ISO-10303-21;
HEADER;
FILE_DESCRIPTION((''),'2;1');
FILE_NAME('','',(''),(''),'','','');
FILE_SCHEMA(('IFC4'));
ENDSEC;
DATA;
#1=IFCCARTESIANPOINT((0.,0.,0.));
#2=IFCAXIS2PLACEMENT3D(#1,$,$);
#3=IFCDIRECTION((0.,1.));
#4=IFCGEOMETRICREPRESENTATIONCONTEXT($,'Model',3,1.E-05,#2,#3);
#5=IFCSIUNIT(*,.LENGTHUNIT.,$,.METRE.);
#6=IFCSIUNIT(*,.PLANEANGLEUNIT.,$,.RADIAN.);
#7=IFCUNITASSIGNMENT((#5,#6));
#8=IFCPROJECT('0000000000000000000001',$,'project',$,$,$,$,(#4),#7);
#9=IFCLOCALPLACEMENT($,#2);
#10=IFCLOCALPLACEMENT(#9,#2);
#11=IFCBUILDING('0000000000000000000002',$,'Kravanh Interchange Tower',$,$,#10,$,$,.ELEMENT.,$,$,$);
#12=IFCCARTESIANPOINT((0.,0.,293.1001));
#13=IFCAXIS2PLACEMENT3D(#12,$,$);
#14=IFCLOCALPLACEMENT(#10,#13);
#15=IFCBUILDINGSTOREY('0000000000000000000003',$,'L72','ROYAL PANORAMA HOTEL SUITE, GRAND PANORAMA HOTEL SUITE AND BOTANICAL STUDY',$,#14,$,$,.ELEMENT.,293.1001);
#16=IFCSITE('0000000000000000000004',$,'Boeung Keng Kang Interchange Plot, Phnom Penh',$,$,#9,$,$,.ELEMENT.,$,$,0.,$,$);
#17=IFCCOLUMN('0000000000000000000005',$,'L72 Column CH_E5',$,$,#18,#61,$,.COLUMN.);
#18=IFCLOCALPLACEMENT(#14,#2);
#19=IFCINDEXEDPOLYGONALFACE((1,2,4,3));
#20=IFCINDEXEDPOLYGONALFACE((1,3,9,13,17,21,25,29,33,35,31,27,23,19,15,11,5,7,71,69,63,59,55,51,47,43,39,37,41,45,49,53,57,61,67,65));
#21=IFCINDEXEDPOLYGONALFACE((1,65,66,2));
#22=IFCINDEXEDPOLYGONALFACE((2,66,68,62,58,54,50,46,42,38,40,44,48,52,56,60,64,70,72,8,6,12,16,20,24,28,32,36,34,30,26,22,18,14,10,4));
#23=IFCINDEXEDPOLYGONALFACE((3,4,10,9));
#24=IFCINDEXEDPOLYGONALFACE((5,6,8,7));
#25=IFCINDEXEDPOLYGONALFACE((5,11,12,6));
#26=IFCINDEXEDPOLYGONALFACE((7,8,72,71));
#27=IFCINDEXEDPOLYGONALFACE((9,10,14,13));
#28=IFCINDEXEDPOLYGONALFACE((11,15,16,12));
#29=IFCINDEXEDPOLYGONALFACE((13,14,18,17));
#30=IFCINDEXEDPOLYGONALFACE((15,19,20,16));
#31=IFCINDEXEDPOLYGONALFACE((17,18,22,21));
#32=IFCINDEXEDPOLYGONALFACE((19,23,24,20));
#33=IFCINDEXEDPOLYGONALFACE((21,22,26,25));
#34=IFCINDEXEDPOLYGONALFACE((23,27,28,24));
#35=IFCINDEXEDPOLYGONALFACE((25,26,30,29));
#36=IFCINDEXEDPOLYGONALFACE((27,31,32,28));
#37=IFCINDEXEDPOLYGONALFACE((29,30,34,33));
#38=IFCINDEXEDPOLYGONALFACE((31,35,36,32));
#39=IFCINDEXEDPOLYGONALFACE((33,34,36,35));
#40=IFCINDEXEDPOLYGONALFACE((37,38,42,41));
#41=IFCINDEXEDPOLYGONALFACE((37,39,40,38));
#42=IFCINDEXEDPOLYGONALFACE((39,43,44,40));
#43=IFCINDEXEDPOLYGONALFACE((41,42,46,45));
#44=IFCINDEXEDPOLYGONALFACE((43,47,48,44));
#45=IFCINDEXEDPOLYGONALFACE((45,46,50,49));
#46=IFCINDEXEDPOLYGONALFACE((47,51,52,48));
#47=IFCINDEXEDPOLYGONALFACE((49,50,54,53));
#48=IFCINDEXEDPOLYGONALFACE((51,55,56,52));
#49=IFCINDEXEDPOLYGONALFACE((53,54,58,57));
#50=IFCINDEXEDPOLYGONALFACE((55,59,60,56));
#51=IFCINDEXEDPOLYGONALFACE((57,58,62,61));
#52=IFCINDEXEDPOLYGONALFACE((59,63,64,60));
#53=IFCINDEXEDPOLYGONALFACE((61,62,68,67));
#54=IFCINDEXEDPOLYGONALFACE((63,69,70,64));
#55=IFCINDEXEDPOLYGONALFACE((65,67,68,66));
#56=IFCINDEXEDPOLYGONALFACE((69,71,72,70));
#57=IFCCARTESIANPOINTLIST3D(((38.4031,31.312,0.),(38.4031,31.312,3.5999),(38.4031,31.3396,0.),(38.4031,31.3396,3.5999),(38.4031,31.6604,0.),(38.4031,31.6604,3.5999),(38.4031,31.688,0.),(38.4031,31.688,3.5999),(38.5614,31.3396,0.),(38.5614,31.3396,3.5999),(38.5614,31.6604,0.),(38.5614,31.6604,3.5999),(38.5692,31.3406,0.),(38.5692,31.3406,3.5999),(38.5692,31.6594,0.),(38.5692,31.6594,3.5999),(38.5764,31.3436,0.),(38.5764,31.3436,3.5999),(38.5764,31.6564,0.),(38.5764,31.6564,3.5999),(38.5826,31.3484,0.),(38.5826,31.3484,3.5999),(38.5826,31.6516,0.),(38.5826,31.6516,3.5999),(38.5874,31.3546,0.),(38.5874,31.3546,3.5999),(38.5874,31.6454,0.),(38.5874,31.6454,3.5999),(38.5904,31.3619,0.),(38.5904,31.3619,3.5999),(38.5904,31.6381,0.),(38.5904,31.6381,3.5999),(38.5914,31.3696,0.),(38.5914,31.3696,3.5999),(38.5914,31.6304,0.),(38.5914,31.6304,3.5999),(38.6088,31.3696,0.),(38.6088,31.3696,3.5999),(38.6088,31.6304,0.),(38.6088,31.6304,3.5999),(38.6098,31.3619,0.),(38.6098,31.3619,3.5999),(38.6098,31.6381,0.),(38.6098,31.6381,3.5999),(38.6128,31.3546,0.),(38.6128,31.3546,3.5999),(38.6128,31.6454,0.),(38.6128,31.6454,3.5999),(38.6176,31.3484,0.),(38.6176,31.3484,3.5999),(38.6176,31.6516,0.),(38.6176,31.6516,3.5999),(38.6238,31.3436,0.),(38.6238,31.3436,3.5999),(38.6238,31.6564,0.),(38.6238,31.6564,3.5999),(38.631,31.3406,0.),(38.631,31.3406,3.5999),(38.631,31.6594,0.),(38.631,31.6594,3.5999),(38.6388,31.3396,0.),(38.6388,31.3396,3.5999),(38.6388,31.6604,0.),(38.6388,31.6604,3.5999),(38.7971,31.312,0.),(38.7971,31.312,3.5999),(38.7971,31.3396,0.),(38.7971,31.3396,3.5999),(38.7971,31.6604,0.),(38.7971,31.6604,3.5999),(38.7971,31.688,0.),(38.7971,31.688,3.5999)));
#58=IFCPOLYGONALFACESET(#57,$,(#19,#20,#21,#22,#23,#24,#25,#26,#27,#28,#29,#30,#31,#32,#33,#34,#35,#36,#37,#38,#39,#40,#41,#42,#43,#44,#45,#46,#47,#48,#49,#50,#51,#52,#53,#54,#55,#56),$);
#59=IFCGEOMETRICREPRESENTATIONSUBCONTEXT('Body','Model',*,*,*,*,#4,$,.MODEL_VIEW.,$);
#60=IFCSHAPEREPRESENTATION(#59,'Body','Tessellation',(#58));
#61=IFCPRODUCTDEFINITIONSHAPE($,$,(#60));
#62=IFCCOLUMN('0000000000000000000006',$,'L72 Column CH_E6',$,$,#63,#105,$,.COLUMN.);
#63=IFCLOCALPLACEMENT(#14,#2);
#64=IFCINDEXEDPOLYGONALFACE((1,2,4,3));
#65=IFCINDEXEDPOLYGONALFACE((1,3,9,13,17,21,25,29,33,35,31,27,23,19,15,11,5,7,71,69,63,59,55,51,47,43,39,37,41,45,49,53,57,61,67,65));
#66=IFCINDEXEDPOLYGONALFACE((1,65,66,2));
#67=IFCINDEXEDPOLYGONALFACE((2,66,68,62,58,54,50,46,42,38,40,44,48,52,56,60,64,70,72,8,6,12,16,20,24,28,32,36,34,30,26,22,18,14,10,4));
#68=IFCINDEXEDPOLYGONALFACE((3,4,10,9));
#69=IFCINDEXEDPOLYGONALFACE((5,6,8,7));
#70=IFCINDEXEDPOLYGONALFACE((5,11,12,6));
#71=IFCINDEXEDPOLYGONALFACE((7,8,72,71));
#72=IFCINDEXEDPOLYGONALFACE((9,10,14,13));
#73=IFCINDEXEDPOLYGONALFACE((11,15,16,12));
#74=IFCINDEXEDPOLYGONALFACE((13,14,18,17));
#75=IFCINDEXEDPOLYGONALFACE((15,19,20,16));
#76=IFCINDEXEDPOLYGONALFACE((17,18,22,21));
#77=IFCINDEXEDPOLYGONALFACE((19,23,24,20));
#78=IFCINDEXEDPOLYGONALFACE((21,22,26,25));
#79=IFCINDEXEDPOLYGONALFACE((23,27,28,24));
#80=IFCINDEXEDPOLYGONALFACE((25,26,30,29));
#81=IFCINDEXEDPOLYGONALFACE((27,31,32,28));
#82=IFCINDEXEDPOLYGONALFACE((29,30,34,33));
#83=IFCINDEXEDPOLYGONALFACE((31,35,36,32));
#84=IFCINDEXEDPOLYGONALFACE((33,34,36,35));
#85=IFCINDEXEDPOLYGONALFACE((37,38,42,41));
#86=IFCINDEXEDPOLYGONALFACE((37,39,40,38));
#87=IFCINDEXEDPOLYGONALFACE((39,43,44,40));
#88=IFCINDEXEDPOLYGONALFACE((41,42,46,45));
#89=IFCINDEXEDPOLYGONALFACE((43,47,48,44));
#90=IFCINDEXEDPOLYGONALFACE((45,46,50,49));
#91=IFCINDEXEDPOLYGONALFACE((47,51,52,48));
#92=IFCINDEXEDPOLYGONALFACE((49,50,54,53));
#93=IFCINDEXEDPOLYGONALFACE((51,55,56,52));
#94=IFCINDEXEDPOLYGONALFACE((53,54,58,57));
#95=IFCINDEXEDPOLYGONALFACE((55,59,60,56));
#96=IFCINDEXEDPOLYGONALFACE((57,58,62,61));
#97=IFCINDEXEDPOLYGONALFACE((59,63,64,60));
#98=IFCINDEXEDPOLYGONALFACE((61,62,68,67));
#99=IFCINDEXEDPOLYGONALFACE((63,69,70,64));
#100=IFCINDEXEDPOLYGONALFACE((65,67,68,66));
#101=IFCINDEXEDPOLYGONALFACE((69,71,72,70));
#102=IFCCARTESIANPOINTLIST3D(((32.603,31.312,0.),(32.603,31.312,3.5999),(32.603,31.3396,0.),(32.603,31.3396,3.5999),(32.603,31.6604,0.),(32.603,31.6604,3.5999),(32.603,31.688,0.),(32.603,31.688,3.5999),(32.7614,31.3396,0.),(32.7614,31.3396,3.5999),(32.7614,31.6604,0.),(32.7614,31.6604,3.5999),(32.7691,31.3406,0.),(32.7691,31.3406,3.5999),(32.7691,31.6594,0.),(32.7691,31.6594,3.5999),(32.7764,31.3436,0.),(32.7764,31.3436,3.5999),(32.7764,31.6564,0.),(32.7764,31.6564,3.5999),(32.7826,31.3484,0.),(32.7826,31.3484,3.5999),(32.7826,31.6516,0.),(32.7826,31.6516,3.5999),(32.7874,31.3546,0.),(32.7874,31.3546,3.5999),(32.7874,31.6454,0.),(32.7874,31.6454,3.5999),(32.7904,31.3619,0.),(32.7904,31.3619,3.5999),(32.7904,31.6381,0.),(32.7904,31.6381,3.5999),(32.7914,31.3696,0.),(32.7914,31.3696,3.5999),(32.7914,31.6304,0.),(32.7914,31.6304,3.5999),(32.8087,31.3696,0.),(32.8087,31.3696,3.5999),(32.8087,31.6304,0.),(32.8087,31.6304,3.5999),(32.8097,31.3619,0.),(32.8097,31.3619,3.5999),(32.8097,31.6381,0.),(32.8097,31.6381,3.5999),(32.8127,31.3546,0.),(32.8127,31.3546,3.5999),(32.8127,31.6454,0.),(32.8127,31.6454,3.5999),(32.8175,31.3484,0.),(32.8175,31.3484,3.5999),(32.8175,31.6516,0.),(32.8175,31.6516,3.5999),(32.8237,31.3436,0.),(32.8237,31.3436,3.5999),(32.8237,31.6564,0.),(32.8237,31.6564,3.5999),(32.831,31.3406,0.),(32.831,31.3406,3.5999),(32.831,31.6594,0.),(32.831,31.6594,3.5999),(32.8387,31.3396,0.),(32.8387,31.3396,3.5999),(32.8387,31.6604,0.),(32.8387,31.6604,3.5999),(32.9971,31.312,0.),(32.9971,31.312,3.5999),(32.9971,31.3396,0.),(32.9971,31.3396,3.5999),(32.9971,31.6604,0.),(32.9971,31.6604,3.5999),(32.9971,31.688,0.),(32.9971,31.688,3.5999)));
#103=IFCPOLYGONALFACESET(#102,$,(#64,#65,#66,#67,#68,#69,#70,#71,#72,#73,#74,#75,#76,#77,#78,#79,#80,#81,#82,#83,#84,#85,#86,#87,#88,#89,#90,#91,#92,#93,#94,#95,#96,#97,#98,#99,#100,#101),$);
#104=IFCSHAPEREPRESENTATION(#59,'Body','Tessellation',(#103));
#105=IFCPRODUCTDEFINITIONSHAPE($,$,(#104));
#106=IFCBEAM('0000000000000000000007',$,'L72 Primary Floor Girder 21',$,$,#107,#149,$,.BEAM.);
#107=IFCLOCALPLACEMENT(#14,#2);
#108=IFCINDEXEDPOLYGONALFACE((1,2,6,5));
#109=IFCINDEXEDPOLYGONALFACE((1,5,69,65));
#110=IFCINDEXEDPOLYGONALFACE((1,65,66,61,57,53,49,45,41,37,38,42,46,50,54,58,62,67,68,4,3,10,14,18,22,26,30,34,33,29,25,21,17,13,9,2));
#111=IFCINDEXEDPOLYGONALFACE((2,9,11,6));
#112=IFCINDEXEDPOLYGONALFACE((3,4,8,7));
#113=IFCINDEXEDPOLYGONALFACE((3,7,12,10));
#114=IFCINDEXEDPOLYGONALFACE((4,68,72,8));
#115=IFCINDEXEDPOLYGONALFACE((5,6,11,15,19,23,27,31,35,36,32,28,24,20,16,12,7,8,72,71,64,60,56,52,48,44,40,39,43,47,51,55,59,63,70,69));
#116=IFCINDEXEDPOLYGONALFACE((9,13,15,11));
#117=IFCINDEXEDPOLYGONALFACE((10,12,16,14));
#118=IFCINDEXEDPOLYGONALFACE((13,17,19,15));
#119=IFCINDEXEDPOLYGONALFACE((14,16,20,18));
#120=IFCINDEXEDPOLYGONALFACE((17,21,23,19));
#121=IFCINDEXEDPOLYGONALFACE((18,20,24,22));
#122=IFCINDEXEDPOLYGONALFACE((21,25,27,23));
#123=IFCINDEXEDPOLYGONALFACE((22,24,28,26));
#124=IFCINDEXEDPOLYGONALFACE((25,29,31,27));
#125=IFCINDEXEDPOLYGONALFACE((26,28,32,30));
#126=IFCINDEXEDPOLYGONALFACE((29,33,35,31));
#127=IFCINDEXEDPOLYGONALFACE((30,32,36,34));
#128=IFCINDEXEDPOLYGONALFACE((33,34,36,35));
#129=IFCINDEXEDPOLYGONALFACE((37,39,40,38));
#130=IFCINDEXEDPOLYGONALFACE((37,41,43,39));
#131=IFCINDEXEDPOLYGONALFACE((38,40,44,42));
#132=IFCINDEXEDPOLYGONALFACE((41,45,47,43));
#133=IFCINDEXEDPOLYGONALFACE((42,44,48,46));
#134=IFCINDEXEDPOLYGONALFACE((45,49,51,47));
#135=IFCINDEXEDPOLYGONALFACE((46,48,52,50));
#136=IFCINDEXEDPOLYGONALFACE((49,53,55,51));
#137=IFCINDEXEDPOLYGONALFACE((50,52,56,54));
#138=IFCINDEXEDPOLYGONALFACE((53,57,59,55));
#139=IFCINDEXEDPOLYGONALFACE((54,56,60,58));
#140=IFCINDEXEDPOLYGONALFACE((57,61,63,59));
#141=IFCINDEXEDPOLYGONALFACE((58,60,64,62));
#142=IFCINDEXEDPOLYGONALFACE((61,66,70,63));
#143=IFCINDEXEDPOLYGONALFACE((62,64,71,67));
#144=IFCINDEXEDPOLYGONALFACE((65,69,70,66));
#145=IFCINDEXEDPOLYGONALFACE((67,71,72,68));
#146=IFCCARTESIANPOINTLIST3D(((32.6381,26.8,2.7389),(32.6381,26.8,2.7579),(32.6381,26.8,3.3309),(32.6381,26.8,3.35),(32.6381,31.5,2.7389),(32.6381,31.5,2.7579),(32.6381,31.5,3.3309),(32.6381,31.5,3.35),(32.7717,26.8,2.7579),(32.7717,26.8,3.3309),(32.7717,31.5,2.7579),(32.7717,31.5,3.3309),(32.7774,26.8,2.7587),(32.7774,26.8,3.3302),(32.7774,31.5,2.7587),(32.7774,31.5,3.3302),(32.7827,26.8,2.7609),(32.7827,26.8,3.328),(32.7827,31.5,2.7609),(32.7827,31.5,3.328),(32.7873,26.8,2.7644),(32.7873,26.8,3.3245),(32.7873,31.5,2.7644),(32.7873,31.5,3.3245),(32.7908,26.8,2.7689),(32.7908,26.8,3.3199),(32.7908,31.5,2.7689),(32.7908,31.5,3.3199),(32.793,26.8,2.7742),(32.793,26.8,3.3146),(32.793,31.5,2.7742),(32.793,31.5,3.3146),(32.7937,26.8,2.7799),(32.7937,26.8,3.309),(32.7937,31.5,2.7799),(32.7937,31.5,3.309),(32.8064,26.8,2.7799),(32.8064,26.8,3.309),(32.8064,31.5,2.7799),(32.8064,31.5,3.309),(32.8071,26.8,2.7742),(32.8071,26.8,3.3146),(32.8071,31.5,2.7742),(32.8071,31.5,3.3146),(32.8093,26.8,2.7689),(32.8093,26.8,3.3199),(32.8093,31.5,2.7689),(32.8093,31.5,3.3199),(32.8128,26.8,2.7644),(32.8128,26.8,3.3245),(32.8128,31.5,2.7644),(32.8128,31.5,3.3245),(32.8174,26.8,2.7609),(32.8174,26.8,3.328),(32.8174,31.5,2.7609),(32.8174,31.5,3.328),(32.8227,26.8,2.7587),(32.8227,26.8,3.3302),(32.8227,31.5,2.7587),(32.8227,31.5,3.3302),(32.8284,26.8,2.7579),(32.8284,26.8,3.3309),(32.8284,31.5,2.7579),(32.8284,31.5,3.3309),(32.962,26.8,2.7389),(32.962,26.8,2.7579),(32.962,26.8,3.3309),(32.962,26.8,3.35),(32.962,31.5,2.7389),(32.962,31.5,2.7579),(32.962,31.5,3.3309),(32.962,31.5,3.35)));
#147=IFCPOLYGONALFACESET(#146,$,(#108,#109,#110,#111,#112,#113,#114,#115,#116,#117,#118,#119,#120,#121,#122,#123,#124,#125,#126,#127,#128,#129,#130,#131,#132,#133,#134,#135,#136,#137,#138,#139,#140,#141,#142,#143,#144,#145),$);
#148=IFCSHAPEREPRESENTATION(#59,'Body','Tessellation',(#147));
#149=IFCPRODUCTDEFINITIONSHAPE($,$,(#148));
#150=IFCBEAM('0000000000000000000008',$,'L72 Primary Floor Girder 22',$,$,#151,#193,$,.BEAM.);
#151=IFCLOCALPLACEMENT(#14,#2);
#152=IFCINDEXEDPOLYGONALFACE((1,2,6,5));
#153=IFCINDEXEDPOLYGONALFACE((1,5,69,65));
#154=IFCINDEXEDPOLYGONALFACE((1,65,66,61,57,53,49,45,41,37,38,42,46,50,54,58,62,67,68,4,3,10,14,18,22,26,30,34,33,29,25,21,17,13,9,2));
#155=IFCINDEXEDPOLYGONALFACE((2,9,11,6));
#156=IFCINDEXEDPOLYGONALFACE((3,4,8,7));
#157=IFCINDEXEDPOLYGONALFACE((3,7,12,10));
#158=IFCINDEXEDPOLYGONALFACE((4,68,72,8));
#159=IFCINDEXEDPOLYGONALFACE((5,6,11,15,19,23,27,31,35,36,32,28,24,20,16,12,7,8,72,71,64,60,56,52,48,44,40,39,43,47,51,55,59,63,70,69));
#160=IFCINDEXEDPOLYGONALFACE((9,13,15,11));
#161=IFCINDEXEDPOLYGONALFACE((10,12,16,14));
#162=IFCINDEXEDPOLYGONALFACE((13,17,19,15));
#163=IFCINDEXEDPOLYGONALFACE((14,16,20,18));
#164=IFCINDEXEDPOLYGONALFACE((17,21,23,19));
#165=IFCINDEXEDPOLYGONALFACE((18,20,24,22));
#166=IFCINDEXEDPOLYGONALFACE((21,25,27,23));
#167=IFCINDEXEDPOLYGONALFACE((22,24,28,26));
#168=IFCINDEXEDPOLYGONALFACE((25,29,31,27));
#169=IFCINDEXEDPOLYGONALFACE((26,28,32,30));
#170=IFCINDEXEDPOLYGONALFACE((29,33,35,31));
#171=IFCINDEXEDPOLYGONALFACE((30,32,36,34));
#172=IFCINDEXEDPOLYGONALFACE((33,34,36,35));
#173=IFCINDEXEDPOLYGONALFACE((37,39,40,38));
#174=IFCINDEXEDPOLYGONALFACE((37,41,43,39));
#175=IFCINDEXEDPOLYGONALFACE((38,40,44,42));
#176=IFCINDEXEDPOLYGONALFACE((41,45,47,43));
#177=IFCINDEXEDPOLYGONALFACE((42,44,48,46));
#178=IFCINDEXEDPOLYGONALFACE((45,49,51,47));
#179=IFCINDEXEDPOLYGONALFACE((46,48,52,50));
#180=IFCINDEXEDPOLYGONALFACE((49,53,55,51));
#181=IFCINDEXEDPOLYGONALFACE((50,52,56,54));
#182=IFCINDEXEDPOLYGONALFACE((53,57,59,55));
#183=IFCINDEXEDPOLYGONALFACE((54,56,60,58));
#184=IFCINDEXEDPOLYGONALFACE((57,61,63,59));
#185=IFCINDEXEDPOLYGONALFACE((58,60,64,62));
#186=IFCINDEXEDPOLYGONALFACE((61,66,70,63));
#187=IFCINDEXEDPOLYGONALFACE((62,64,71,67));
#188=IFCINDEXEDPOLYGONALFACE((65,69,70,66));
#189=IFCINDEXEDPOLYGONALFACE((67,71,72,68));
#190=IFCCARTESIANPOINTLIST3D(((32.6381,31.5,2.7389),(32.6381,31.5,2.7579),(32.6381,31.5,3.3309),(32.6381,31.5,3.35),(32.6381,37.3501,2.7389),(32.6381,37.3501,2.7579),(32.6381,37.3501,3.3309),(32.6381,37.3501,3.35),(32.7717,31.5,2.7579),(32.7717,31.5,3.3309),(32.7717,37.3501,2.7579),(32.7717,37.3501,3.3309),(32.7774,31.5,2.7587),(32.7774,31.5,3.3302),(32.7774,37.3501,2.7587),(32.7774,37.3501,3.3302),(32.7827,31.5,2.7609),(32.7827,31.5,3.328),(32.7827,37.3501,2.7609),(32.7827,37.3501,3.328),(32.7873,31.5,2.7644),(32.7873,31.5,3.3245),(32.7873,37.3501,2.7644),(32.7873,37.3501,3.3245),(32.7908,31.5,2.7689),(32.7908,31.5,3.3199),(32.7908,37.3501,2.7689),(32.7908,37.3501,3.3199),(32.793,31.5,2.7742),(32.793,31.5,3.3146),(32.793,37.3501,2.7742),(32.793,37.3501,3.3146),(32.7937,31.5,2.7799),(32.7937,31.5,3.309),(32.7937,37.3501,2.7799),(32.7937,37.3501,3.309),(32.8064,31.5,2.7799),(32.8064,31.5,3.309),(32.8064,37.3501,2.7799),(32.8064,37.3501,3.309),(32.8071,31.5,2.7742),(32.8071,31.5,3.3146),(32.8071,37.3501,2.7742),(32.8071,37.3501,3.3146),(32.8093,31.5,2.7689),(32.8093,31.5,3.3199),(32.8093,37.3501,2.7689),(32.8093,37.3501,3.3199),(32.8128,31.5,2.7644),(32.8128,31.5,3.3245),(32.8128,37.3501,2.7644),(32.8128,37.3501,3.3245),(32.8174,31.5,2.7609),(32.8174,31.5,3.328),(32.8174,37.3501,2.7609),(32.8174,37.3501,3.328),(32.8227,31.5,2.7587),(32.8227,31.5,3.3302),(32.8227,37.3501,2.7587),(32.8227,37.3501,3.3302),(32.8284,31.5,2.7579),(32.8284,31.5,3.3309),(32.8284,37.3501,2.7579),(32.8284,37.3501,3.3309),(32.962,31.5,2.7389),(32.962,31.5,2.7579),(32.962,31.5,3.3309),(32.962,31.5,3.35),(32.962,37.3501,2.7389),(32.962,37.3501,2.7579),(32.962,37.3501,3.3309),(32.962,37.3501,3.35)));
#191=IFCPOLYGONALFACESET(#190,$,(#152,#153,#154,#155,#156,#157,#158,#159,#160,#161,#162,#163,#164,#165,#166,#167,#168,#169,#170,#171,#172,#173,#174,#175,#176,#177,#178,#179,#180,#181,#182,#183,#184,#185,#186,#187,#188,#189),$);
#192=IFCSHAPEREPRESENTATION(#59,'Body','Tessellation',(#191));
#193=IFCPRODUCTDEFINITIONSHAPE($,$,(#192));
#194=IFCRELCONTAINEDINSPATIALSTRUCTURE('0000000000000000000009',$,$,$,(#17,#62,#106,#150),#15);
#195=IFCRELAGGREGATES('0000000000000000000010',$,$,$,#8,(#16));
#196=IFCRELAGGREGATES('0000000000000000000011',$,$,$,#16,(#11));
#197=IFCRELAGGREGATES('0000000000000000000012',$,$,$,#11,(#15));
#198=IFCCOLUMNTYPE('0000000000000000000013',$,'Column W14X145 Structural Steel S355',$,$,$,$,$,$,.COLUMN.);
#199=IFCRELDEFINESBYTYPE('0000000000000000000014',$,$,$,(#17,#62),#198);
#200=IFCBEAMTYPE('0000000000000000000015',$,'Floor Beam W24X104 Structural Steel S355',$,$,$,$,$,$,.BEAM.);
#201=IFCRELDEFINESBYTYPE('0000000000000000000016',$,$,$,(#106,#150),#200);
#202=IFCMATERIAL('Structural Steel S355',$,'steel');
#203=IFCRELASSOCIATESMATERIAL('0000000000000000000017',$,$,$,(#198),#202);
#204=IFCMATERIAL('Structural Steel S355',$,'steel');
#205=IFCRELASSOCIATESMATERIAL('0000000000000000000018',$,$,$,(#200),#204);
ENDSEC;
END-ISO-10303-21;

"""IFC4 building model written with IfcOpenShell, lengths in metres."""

from ifc_helpers import new_model, si_unit, direction, frame, origin, origin_2d, place, context, subcontext, project, spatial, i_section, extrude, material, material_profile, profile_set, type_object, element, save


model = new_model("IFC4")

# Units and contexts
model_context = context("Model", 3, precision=1e-05, world=origin(), true_north=direction((0.0, 1.0)))
body_context = subcontext(model_context, "Body", "Model", "MODEL_VIEW")
ifc_project = project(units=[si_unit("LENGTHUNIT", "METRE"), si_unit("PLANEANGLEUNIT", "RADIAN")], contexts=[model_context])

# Site, building, storey
site_placement = place(None, origin())
site = spatial("IfcSite", under=ifc_project, at=site_placement, Name="Boeung Keng Kang Interchange Plot, Phnom Penh", CompositionType="ELEMENT", RefElevation=0.0)
building_placement = place(site_placement, origin())
building = spatial("IfcBuilding", under=site, at=building_placement, Name="Kravanh Interchange Tower", CompositionType="ELEMENT")
storey_placement = place(building_placement, frame((0.0, 0.0, 293.1001)))
storey = spatial("IfcBuildingStorey", under=building, at=storey_placement, Name="L72", Description="ROYAL PANORAMA HOTEL SUITE, GRAND PANORAMA HOTEL SUITE AND BOTANICAL STUDY", CompositionType="ELEMENT", Elevation=293.1001)

# Columns
ifc_material_1 = material(Name="Structural Steel S355", Category="steel")
ifc_material_profile_1 = material_profile(ifc_material_1, i_section(OverallWidth=0.394, OverallDepth=0.376, WebThickness=0.0173, FlangeThickness=0.0276, FilletRadius=0.03, at=origin_2d()), Name="W14X145")
ifc_profile_set_1 = profile_set([ifc_material_profile_1], Name="Structural Steel S355")
column_type = type_object("IfcColumnType", Name="Column W14X145 Structural Steel S355", PredefinedType="COLUMN", material=ifc_profile_set_1)
for number, where, z_axis, x_axis, name in (
    (1, (38.6001, 31.5, 0.0), (0.0, 0.0, 1.0), (1.0, 0.0, 0.0), "L72 Column CH_E5"),
    (2, (32.8, 31.5, 0.0), (0.0, 0.0, 1.0), (1.0, 0.0, 0.0), "L72 Column CH_E6"),
):
    element("IfcColumn", number, at=place(storey_placement, frame(where, z_axis=z_axis, x_axis=x_axis)), inside=storey, type_object=column_type, Name=name, PredefinedType="COLUMN", context=body_context, shape_type="SweptSolid", body=[
        extrude(i_section(OverallWidth=0.394, OverallDepth=0.376, WebThickness=0.0173, FlangeThickness=0.0276, FilletRadius=0.03, at=origin_2d()), origin(), (0.0, 0.0, 1.0), 3.5999),
    ])

# Beams
ifc_material_2 = material(Name="Structural Steel S355", Category="steel")
ifc_material_profile_2 = material_profile(ifc_material_2, i_section(OverallWidth=0.324, OverallDepth=0.6111, WebThickness=0.0127, FlangeThickness=0.019, FilletRadius=0.022, at=origin_2d()), Name="W24X104")
ifc_profile_set_2 = profile_set([ifc_material_profile_2], Name="Structural Steel S355")
beam_type_1 = type_object("IfcBeamType", Name="Floor Beam W24X104 Structural Steel S355", PredefinedType="BEAM", material=ifc_profile_set_2)
beam_1_placement = place(storey_placement, frame((32.8, 31.5, 3.0444), z_axis=(0.0, -1.0, 0.0), x_axis=(1.0, 0.0, 0.0)))
element("IfcBeam", 3, at=beam_1_placement, inside=storey, type_object=beam_type_1, Name="L72 Primary Floor Girder 21", PredefinedType="BEAM", context=body_context, shape_type="SweptSolid", body=[
    extrude(i_section(OverallWidth=0.324, OverallDepth=0.6111, WebThickness=0.0127, FlangeThickness=0.019, FilletRadius=0.022, at=origin_2d()), origin(), (0.0, 0.0, 1.0), 4.7),
])
beam_2_placement = place(storey_placement, frame((32.8, 31.5, 3.0444), z_axis=(0.0, 1.0, 0.0), x_axis=(-1.0, 0.0, 0.0)))
element("IfcBeam", 4, at=beam_2_placement, inside=storey, type_object=beam_type_1, Name="L72 Primary Floor Girder 22", PredefinedType="BEAM", context=body_context, shape_type="SweptSolid", body=[
    extrude(i_section(OverallWidth=0.324, OverallDepth=0.6111, WebThickness=0.0127, FlangeThickness=0.019, FilletRadius=0.022, at=origin_2d()), origin(), (0.0, 0.0, 1.0), 5.8501),
])

save(model, "model.ifc")
